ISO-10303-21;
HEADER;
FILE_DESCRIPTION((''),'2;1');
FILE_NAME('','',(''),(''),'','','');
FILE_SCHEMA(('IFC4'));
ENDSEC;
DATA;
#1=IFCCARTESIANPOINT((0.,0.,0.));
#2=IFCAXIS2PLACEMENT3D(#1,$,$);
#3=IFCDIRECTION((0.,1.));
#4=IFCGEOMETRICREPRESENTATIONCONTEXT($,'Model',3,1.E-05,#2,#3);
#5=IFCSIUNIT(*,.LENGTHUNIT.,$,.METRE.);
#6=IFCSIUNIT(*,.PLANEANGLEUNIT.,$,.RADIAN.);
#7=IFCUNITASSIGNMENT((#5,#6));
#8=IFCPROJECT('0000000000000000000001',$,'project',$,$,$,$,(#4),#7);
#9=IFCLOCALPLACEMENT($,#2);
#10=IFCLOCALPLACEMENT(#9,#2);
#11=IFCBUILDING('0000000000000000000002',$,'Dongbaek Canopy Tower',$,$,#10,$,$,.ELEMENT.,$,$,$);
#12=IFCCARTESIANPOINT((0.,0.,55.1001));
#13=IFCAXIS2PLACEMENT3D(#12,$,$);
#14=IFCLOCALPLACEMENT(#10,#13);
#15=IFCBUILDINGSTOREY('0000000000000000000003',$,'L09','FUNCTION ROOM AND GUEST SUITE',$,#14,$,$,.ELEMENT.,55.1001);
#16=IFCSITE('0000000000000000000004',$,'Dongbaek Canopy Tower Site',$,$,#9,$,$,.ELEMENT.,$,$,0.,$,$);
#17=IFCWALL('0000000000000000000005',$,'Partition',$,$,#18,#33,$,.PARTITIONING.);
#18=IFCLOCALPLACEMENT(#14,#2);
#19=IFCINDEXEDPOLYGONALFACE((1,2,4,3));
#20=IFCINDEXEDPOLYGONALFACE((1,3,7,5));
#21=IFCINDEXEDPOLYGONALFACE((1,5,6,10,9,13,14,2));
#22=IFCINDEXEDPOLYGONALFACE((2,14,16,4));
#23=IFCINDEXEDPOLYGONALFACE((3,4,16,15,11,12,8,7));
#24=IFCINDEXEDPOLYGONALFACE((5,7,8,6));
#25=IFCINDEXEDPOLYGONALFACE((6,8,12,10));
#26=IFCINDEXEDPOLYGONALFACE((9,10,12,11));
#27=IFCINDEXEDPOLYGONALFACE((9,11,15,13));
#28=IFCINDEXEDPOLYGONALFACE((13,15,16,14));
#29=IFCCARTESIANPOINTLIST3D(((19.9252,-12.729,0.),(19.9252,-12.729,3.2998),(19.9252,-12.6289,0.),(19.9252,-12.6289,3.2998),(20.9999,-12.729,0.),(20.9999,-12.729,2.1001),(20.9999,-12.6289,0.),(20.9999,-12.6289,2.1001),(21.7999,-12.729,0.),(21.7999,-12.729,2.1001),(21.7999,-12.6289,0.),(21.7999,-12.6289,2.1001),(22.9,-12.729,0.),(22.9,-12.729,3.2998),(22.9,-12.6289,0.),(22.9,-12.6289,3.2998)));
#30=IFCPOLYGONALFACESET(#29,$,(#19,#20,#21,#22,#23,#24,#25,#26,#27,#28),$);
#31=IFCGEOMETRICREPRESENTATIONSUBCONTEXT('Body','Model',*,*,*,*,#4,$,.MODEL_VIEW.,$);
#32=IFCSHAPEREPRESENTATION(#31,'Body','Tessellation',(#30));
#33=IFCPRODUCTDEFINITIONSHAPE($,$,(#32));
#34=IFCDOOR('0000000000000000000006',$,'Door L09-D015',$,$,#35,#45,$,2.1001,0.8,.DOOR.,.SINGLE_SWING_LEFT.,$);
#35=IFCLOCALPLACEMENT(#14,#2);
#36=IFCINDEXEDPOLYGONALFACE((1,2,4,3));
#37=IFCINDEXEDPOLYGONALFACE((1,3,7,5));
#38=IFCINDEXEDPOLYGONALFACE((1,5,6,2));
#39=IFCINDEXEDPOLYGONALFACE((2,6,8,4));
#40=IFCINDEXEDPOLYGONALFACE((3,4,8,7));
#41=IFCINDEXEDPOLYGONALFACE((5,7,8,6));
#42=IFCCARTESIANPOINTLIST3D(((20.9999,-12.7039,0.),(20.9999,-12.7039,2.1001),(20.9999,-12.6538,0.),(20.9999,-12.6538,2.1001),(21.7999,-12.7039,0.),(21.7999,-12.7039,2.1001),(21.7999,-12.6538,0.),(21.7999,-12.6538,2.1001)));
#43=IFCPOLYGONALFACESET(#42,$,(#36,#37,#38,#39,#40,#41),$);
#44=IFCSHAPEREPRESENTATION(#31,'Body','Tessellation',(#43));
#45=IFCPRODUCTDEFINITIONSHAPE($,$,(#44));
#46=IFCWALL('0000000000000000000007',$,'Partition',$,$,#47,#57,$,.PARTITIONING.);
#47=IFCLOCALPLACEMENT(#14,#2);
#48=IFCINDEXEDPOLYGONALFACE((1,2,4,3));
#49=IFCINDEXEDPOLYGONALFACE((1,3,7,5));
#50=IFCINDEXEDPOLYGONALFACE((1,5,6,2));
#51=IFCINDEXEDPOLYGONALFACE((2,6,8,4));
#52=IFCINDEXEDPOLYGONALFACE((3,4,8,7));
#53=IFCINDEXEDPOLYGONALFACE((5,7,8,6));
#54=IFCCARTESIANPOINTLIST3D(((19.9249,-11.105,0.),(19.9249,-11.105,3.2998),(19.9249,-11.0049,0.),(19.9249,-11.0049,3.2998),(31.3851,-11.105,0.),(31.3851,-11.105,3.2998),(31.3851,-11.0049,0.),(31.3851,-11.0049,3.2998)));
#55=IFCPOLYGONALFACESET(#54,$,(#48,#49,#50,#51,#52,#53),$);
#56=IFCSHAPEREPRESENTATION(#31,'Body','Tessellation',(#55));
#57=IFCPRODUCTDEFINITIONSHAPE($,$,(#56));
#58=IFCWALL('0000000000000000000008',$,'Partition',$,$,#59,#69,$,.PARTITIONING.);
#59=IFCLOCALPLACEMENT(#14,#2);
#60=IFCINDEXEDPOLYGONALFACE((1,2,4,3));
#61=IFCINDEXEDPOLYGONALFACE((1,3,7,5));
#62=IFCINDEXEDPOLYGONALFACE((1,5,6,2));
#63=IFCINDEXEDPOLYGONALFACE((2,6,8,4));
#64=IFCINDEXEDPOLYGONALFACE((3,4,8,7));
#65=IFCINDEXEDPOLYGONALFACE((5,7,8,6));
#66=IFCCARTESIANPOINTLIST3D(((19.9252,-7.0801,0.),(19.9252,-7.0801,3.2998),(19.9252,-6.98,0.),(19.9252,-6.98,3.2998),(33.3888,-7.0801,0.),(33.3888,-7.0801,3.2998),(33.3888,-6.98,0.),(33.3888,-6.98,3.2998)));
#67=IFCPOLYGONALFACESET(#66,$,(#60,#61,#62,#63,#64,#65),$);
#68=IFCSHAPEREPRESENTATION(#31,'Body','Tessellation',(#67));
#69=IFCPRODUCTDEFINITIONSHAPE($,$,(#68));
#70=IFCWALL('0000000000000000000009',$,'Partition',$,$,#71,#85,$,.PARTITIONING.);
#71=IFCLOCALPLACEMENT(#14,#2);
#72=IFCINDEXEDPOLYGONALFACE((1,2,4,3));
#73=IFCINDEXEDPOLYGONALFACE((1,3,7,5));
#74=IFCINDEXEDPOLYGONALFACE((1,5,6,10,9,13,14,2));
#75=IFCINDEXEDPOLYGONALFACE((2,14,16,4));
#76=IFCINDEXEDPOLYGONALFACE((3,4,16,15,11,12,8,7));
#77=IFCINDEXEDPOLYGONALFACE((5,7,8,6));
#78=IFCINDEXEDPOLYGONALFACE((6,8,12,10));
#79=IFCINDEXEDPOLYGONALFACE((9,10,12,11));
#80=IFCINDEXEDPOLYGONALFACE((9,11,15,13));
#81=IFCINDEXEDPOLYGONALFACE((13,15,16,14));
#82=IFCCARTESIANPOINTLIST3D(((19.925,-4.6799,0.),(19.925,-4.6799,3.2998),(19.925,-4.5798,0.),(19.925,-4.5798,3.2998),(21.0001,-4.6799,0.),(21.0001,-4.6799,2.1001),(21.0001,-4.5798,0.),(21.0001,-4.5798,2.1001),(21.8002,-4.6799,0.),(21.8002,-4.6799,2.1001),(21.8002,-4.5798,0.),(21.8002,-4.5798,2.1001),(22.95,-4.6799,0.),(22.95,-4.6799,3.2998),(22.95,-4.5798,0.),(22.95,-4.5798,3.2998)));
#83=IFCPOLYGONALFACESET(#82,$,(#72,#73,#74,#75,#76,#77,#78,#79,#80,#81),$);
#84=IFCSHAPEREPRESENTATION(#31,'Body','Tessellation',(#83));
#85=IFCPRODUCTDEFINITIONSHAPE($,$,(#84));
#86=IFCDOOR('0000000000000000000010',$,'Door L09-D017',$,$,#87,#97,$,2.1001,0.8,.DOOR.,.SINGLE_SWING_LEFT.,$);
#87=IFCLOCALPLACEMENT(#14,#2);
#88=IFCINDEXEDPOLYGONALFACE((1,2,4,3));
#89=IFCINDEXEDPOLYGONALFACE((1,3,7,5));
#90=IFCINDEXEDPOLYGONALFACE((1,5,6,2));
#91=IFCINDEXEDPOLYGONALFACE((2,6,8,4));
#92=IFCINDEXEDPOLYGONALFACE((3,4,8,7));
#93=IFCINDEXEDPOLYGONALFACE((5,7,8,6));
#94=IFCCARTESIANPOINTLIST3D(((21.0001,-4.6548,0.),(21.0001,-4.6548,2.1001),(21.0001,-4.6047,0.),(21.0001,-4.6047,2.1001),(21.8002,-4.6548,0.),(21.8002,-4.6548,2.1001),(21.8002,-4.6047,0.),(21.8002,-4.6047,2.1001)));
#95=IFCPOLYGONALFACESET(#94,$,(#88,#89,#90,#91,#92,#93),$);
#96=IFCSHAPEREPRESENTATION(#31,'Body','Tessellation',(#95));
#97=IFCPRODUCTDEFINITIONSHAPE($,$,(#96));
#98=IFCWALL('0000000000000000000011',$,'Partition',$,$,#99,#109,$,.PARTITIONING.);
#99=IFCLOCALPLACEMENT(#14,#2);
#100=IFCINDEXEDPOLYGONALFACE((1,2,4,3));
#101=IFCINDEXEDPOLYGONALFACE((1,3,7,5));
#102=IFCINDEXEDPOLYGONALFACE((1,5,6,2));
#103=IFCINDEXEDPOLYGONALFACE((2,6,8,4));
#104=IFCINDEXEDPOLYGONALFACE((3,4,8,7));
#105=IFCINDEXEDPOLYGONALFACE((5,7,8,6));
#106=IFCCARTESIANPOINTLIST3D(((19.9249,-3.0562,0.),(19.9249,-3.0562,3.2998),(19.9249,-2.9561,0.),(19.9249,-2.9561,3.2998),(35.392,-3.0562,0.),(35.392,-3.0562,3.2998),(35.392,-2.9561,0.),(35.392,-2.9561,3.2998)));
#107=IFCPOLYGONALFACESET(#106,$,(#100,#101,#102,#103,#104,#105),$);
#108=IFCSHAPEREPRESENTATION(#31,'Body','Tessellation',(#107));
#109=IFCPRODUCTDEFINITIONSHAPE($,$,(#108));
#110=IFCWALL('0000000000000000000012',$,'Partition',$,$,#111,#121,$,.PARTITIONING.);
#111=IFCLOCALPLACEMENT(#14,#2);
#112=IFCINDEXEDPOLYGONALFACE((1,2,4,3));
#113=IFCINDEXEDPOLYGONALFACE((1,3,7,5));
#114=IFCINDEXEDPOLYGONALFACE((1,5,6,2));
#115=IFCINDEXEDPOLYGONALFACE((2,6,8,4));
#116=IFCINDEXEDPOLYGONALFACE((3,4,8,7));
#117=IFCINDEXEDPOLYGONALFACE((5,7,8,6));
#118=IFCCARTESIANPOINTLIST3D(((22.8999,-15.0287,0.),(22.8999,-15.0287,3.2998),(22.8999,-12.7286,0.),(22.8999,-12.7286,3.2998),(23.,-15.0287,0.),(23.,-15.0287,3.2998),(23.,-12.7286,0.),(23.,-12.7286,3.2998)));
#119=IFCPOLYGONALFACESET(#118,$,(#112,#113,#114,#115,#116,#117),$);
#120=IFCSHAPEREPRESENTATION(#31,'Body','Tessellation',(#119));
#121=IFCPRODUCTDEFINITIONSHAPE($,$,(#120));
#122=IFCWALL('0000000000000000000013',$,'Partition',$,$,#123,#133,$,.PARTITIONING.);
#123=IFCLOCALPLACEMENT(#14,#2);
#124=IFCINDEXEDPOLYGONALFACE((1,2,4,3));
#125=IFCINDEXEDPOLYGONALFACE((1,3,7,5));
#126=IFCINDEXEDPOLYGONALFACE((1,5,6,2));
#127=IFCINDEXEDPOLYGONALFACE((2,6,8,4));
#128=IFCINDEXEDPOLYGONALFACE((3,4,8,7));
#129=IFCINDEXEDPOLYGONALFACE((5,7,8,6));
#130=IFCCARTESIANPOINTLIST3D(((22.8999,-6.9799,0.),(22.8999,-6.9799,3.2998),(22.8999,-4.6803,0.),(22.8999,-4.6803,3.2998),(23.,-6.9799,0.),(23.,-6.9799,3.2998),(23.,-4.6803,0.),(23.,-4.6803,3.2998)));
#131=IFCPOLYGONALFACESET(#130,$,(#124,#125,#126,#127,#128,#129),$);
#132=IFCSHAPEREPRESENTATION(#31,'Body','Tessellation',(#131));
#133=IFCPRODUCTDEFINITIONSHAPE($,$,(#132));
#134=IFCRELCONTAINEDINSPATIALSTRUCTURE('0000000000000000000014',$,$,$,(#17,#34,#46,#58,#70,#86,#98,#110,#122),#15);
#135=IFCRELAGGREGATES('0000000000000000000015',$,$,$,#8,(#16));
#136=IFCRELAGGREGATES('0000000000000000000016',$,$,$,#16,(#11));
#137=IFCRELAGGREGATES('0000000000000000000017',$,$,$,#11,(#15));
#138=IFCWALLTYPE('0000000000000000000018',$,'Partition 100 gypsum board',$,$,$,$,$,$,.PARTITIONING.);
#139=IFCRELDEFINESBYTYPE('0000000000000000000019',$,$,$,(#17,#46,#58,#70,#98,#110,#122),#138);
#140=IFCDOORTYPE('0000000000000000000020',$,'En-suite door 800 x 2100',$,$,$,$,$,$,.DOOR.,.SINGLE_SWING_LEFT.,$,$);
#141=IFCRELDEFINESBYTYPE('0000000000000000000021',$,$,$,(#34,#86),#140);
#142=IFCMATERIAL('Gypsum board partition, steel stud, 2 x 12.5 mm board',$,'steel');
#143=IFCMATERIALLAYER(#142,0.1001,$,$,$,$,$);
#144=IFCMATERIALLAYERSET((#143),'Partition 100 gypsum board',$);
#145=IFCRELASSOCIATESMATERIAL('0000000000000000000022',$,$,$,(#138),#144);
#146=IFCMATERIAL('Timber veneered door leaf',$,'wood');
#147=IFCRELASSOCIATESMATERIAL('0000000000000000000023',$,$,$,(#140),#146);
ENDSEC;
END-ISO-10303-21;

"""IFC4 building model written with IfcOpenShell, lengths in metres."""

from ifc_helpers import new_model, si_unit, direction, frame, frame_2d, origin, place, context, subcontext, project, spatial, rectangle, extrude, material, layer, layer_set, type_object, element, fill, save


model = new_model("IFC4")

# Units and contexts
model_context = context("Model", 3, precision=1e-05, world=origin(), true_north=direction((0.0, 1.0)))
body_context = subcontext(model_context, "Body", "Model", "MODEL_VIEW")
ifc_project = project(units=[si_unit("LENGTHUNIT", "METRE"), si_unit("PLANEANGLEUNIT", "RADIAN")], contexts=[model_context])

# Site, building, storey
site_placement = place(None, origin())
site = spatial("IfcSite", under=ifc_project, at=site_placement, Name="Dongbaek Canopy Tower Site", CompositionType="ELEMENT", RefElevation=0.0)
building_placement = place(site_placement, origin())
building = spatial("IfcBuilding", under=site, at=building_placement, Name="Dongbaek Canopy Tower", CompositionType="ELEMENT")
storey_placement = place(building_placement, frame((0.0, 0.0, 55.1001)))
storey = spatial("IfcBuildingStorey", under=building, at=storey_placement, Name="L09", Description="FUNCTION ROOM AND GUEST SUITE", CompositionType="ELEMENT", Elevation=55.1001)

# Shared definitions
ifc_material_1 = material(Name="Gypsum board partition, steel stud, 2 x 12.5 mm board", Category="steel")
ifc_layer_1 = layer(ifc_material_1, 0.1001)
ifc_layer_set_1 = layer_set([ifc_layer_1], Name="Partition 100 gypsum board")
wall_type_1 = type_object("IfcWallType", Name="Partition 100 gypsum board", PredefinedType="PARTITIONING", material=ifc_layer_set_1)

# Wall, opening, door
wall_1_placement = place(storey_placement, frame((22.8999, -12.679, 0.0), z_axis=(0.0, 0.0, 1.0), x_axis=(-1.0, 0.0, 0.0)))
wall_1 = element("IfcWall", 1, at=wall_1_placement, inside=storey, type_object=wall_type_1, Name="Partition", PredefinedType="PARTITIONING", context=body_context, shape_type="SweptSolid", body=[
    extrude(rectangle(XDim=2.9749, YDim=0.1001, at=frame_2d((1.4873, 0.0))), origin(), (0.0, 0.0, 1.0), 3.2998),
])
opening_1_placement = place(wall_1_placement, frame((1.1001, 0.0, 0.0)))
opening_1 = element("IfcOpeningElement", 2, at=opening_1_placement, cuts=wall_1, PredefinedType="OPENING", context=body_context, shape_type="SweptSolid", body=[
    extrude(rectangle(XDim=0.8, YDim=2.1001, at=frame_2d((0.3999, 1.05))), frame((0.0, 0.0601, 0.0), z_axis=(0.0, -1.0, 0.0), x_axis=(1.0, 0.0, 0.0)), (0.0, 0.0, 1.0), 0.1201),
])
ifc_material_2 = material(Name="Timber veneered door leaf", Category="wood")
door_type_1 = type_object("IfcDoorType", Name="En-suite door 800 x 2100", OperationType="SINGLE_SWING_LEFT", PredefinedType="DOOR", material=ifc_material_2)
door_1_placement = place(opening_1_placement, origin())
door_1 = element("IfcDoor", 3, at=door_1_placement, inside=storey, type_object=door_type_1, Name="Door L09-D015", OperationType="SINGLE_SWING_LEFT", OverallHeight=2.1001, OverallWidth=0.8, PredefinedType="DOOR", context=body_context, shape_type="SweptSolid", body=[
    extrude(rectangle(XDim=0.8, YDim=2.1001, at=frame_2d((0.3999, 1.05))), frame((0.0, 0.0249, 0.0), z_axis=(0.0, -1.0, 0.0), x_axis=(1.0, 0.0, 0.0)), (0.0, 0.0, 1.0), 0.05),
])
fill(opening_1, door_1)

# Walls
wall_2_placement = place(storey_placement, frame((19.925, -11.0549, 0.0), z_axis=(0.0, 0.0, 1.0), x_axis=(1.0, 0.0, 0.0)))
element("IfcWall", 4, at=wall_2_placement, inside=storey, type_object=wall_type_1, Name="Partition", PredefinedType="PARTITIONING", context=body_context, shape_type="SweptSolid", body=[
    extrude(rectangle(XDim=11.4602, YDim=0.1001, at=frame_2d((5.73, 0.0))), origin(), (0.0, 0.0, 1.0), 3.2998),
])
wall_3_placement = place(storey_placement, frame((19.925, -7.03, 0.0), z_axis=(0.0, 0.0, 1.0), x_axis=(1.0, 0.0, 0.0)))
element("IfcWall", 5, at=wall_3_placement, inside=storey, type_object=wall_type_1, Name="Partition", PredefinedType="PARTITIONING", context=body_context, shape_type="SweptSolid", body=[
    extrude(rectangle(XDim=13.4636, YDim=0.1001, at=frame_2d((6.7319, 0.0))), origin(), (0.0, 0.0, 1.0), 3.2998),
])

# Wall, opening, door
wall_4_placement = place(storey_placement, frame((22.95, -4.6299, 0.0), z_axis=(0.0, 0.0, 1.0), x_axis=(-1.0, 0.0, 0.0)))
wall_4 = element("IfcWall", 6, at=wall_4_placement, inside=storey, type_object=wall_type_1, Name="Partition", PredefinedType="PARTITIONING", context=body_context, shape_type="SweptSolid", body=[
    extrude(rectangle(XDim=3.0249, YDim=0.1001, at=frame_2d((1.5125, 0.0))), origin(), (0.0, 0.0, 1.0), 3.2998),
])
opening_2_placement = place(wall_4_placement, frame((1.1499, 0.0, 0.0)))
opening_2 = element("IfcOpeningElement", 7, at=opening_2_placement, cuts=wall_4, PredefinedType="OPENING", context=body_context, shape_type="SweptSolid", body=[
    extrude(rectangle(XDim=0.8, YDim=2.1001, at=frame_2d((0.3999, 1.05))), frame((0.0, 0.0601, 0.0), z_axis=(0.0, -1.0, 0.0), x_axis=(1.0, 0.0, 0.0)), (0.0, 0.0, 1.0), 0.1201),
])
door_2_placement = place(opening_2_placement, origin())
door_2 = element("IfcDoor", 8, at=door_2_placement, inside=storey, type_object=door_type_1, Name="Door L09-D017", OperationType="SINGLE_SWING_LEFT", OverallHeight=2.1001, OverallWidth=0.8, PredefinedType="DOOR", context=body_context, shape_type="SweptSolid", body=[
    extrude(rectangle(XDim=0.8, YDim=2.1001, at=frame_2d((0.3999, 1.05))), frame((0.0, 0.0249, 0.0), z_axis=(0.0, -1.0, 0.0), x_axis=(1.0, 0.0, 0.0)), (0.0, 0.0, 1.0), 0.05),
])
fill(opening_2, door_2)

# Walls
wall_5_placement = place(storey_placement, frame((19.925, -3.0061, 0.0), z_axis=(0.0, 0.0, 1.0), x_axis=(1.0, 0.0, 0.0)))
element("IfcWall", 9, at=wall_5_placement, inside=storey, type_object=wall_type_1, Name="Partition", PredefinedType="PARTITIONING", context=body_context, shape_type="SweptSolid", body=[
    extrude(rectangle(XDim=15.467, YDim=0.1001, at=frame_2d((7.7334, 0.0))), origin(), (0.0, 0.0, 1.0), 3.2998),
])
wall_6_placement = place(storey_placement, frame((22.95, -15.0286, 0.0), z_axis=(0.0, 0.0, 1.0), x_axis=(0.0, 1.0, 0.0)))
element("IfcWall", 10, at=wall_6_placement, inside=storey, type_object=wall_type_1, Name="Partition", PredefinedType="PARTITIONING", context=body_context, shape_type="SweptSolid", body=[
    extrude(rectangle(XDim=2.3, YDim=0.1001, at=frame_2d((1.1499, 0.0))), origin(), (0.0, 0.0, 1.0), 3.2998),
])
wall_7_placement = place(storey_placement, frame((22.95, -6.98, 0.0), z_axis=(0.0, 0.0, 1.0), x_axis=(0.0, 1.0, 0.0)))
element("IfcWall", 11, at=wall_7_placement, inside=storey, type_object=wall_type_1, Name="Partition", PredefinedType="PARTITIONING", context=body_context, shape_type="SweptSolid", body=[
    extrude(rectangle(XDim=2.2996, YDim=0.1001, at=frame_2d((1.1499, 0.0))), origin(), (0.0, 0.0, 1.0), 3.2998),
])

save(model, "model.ifc")
